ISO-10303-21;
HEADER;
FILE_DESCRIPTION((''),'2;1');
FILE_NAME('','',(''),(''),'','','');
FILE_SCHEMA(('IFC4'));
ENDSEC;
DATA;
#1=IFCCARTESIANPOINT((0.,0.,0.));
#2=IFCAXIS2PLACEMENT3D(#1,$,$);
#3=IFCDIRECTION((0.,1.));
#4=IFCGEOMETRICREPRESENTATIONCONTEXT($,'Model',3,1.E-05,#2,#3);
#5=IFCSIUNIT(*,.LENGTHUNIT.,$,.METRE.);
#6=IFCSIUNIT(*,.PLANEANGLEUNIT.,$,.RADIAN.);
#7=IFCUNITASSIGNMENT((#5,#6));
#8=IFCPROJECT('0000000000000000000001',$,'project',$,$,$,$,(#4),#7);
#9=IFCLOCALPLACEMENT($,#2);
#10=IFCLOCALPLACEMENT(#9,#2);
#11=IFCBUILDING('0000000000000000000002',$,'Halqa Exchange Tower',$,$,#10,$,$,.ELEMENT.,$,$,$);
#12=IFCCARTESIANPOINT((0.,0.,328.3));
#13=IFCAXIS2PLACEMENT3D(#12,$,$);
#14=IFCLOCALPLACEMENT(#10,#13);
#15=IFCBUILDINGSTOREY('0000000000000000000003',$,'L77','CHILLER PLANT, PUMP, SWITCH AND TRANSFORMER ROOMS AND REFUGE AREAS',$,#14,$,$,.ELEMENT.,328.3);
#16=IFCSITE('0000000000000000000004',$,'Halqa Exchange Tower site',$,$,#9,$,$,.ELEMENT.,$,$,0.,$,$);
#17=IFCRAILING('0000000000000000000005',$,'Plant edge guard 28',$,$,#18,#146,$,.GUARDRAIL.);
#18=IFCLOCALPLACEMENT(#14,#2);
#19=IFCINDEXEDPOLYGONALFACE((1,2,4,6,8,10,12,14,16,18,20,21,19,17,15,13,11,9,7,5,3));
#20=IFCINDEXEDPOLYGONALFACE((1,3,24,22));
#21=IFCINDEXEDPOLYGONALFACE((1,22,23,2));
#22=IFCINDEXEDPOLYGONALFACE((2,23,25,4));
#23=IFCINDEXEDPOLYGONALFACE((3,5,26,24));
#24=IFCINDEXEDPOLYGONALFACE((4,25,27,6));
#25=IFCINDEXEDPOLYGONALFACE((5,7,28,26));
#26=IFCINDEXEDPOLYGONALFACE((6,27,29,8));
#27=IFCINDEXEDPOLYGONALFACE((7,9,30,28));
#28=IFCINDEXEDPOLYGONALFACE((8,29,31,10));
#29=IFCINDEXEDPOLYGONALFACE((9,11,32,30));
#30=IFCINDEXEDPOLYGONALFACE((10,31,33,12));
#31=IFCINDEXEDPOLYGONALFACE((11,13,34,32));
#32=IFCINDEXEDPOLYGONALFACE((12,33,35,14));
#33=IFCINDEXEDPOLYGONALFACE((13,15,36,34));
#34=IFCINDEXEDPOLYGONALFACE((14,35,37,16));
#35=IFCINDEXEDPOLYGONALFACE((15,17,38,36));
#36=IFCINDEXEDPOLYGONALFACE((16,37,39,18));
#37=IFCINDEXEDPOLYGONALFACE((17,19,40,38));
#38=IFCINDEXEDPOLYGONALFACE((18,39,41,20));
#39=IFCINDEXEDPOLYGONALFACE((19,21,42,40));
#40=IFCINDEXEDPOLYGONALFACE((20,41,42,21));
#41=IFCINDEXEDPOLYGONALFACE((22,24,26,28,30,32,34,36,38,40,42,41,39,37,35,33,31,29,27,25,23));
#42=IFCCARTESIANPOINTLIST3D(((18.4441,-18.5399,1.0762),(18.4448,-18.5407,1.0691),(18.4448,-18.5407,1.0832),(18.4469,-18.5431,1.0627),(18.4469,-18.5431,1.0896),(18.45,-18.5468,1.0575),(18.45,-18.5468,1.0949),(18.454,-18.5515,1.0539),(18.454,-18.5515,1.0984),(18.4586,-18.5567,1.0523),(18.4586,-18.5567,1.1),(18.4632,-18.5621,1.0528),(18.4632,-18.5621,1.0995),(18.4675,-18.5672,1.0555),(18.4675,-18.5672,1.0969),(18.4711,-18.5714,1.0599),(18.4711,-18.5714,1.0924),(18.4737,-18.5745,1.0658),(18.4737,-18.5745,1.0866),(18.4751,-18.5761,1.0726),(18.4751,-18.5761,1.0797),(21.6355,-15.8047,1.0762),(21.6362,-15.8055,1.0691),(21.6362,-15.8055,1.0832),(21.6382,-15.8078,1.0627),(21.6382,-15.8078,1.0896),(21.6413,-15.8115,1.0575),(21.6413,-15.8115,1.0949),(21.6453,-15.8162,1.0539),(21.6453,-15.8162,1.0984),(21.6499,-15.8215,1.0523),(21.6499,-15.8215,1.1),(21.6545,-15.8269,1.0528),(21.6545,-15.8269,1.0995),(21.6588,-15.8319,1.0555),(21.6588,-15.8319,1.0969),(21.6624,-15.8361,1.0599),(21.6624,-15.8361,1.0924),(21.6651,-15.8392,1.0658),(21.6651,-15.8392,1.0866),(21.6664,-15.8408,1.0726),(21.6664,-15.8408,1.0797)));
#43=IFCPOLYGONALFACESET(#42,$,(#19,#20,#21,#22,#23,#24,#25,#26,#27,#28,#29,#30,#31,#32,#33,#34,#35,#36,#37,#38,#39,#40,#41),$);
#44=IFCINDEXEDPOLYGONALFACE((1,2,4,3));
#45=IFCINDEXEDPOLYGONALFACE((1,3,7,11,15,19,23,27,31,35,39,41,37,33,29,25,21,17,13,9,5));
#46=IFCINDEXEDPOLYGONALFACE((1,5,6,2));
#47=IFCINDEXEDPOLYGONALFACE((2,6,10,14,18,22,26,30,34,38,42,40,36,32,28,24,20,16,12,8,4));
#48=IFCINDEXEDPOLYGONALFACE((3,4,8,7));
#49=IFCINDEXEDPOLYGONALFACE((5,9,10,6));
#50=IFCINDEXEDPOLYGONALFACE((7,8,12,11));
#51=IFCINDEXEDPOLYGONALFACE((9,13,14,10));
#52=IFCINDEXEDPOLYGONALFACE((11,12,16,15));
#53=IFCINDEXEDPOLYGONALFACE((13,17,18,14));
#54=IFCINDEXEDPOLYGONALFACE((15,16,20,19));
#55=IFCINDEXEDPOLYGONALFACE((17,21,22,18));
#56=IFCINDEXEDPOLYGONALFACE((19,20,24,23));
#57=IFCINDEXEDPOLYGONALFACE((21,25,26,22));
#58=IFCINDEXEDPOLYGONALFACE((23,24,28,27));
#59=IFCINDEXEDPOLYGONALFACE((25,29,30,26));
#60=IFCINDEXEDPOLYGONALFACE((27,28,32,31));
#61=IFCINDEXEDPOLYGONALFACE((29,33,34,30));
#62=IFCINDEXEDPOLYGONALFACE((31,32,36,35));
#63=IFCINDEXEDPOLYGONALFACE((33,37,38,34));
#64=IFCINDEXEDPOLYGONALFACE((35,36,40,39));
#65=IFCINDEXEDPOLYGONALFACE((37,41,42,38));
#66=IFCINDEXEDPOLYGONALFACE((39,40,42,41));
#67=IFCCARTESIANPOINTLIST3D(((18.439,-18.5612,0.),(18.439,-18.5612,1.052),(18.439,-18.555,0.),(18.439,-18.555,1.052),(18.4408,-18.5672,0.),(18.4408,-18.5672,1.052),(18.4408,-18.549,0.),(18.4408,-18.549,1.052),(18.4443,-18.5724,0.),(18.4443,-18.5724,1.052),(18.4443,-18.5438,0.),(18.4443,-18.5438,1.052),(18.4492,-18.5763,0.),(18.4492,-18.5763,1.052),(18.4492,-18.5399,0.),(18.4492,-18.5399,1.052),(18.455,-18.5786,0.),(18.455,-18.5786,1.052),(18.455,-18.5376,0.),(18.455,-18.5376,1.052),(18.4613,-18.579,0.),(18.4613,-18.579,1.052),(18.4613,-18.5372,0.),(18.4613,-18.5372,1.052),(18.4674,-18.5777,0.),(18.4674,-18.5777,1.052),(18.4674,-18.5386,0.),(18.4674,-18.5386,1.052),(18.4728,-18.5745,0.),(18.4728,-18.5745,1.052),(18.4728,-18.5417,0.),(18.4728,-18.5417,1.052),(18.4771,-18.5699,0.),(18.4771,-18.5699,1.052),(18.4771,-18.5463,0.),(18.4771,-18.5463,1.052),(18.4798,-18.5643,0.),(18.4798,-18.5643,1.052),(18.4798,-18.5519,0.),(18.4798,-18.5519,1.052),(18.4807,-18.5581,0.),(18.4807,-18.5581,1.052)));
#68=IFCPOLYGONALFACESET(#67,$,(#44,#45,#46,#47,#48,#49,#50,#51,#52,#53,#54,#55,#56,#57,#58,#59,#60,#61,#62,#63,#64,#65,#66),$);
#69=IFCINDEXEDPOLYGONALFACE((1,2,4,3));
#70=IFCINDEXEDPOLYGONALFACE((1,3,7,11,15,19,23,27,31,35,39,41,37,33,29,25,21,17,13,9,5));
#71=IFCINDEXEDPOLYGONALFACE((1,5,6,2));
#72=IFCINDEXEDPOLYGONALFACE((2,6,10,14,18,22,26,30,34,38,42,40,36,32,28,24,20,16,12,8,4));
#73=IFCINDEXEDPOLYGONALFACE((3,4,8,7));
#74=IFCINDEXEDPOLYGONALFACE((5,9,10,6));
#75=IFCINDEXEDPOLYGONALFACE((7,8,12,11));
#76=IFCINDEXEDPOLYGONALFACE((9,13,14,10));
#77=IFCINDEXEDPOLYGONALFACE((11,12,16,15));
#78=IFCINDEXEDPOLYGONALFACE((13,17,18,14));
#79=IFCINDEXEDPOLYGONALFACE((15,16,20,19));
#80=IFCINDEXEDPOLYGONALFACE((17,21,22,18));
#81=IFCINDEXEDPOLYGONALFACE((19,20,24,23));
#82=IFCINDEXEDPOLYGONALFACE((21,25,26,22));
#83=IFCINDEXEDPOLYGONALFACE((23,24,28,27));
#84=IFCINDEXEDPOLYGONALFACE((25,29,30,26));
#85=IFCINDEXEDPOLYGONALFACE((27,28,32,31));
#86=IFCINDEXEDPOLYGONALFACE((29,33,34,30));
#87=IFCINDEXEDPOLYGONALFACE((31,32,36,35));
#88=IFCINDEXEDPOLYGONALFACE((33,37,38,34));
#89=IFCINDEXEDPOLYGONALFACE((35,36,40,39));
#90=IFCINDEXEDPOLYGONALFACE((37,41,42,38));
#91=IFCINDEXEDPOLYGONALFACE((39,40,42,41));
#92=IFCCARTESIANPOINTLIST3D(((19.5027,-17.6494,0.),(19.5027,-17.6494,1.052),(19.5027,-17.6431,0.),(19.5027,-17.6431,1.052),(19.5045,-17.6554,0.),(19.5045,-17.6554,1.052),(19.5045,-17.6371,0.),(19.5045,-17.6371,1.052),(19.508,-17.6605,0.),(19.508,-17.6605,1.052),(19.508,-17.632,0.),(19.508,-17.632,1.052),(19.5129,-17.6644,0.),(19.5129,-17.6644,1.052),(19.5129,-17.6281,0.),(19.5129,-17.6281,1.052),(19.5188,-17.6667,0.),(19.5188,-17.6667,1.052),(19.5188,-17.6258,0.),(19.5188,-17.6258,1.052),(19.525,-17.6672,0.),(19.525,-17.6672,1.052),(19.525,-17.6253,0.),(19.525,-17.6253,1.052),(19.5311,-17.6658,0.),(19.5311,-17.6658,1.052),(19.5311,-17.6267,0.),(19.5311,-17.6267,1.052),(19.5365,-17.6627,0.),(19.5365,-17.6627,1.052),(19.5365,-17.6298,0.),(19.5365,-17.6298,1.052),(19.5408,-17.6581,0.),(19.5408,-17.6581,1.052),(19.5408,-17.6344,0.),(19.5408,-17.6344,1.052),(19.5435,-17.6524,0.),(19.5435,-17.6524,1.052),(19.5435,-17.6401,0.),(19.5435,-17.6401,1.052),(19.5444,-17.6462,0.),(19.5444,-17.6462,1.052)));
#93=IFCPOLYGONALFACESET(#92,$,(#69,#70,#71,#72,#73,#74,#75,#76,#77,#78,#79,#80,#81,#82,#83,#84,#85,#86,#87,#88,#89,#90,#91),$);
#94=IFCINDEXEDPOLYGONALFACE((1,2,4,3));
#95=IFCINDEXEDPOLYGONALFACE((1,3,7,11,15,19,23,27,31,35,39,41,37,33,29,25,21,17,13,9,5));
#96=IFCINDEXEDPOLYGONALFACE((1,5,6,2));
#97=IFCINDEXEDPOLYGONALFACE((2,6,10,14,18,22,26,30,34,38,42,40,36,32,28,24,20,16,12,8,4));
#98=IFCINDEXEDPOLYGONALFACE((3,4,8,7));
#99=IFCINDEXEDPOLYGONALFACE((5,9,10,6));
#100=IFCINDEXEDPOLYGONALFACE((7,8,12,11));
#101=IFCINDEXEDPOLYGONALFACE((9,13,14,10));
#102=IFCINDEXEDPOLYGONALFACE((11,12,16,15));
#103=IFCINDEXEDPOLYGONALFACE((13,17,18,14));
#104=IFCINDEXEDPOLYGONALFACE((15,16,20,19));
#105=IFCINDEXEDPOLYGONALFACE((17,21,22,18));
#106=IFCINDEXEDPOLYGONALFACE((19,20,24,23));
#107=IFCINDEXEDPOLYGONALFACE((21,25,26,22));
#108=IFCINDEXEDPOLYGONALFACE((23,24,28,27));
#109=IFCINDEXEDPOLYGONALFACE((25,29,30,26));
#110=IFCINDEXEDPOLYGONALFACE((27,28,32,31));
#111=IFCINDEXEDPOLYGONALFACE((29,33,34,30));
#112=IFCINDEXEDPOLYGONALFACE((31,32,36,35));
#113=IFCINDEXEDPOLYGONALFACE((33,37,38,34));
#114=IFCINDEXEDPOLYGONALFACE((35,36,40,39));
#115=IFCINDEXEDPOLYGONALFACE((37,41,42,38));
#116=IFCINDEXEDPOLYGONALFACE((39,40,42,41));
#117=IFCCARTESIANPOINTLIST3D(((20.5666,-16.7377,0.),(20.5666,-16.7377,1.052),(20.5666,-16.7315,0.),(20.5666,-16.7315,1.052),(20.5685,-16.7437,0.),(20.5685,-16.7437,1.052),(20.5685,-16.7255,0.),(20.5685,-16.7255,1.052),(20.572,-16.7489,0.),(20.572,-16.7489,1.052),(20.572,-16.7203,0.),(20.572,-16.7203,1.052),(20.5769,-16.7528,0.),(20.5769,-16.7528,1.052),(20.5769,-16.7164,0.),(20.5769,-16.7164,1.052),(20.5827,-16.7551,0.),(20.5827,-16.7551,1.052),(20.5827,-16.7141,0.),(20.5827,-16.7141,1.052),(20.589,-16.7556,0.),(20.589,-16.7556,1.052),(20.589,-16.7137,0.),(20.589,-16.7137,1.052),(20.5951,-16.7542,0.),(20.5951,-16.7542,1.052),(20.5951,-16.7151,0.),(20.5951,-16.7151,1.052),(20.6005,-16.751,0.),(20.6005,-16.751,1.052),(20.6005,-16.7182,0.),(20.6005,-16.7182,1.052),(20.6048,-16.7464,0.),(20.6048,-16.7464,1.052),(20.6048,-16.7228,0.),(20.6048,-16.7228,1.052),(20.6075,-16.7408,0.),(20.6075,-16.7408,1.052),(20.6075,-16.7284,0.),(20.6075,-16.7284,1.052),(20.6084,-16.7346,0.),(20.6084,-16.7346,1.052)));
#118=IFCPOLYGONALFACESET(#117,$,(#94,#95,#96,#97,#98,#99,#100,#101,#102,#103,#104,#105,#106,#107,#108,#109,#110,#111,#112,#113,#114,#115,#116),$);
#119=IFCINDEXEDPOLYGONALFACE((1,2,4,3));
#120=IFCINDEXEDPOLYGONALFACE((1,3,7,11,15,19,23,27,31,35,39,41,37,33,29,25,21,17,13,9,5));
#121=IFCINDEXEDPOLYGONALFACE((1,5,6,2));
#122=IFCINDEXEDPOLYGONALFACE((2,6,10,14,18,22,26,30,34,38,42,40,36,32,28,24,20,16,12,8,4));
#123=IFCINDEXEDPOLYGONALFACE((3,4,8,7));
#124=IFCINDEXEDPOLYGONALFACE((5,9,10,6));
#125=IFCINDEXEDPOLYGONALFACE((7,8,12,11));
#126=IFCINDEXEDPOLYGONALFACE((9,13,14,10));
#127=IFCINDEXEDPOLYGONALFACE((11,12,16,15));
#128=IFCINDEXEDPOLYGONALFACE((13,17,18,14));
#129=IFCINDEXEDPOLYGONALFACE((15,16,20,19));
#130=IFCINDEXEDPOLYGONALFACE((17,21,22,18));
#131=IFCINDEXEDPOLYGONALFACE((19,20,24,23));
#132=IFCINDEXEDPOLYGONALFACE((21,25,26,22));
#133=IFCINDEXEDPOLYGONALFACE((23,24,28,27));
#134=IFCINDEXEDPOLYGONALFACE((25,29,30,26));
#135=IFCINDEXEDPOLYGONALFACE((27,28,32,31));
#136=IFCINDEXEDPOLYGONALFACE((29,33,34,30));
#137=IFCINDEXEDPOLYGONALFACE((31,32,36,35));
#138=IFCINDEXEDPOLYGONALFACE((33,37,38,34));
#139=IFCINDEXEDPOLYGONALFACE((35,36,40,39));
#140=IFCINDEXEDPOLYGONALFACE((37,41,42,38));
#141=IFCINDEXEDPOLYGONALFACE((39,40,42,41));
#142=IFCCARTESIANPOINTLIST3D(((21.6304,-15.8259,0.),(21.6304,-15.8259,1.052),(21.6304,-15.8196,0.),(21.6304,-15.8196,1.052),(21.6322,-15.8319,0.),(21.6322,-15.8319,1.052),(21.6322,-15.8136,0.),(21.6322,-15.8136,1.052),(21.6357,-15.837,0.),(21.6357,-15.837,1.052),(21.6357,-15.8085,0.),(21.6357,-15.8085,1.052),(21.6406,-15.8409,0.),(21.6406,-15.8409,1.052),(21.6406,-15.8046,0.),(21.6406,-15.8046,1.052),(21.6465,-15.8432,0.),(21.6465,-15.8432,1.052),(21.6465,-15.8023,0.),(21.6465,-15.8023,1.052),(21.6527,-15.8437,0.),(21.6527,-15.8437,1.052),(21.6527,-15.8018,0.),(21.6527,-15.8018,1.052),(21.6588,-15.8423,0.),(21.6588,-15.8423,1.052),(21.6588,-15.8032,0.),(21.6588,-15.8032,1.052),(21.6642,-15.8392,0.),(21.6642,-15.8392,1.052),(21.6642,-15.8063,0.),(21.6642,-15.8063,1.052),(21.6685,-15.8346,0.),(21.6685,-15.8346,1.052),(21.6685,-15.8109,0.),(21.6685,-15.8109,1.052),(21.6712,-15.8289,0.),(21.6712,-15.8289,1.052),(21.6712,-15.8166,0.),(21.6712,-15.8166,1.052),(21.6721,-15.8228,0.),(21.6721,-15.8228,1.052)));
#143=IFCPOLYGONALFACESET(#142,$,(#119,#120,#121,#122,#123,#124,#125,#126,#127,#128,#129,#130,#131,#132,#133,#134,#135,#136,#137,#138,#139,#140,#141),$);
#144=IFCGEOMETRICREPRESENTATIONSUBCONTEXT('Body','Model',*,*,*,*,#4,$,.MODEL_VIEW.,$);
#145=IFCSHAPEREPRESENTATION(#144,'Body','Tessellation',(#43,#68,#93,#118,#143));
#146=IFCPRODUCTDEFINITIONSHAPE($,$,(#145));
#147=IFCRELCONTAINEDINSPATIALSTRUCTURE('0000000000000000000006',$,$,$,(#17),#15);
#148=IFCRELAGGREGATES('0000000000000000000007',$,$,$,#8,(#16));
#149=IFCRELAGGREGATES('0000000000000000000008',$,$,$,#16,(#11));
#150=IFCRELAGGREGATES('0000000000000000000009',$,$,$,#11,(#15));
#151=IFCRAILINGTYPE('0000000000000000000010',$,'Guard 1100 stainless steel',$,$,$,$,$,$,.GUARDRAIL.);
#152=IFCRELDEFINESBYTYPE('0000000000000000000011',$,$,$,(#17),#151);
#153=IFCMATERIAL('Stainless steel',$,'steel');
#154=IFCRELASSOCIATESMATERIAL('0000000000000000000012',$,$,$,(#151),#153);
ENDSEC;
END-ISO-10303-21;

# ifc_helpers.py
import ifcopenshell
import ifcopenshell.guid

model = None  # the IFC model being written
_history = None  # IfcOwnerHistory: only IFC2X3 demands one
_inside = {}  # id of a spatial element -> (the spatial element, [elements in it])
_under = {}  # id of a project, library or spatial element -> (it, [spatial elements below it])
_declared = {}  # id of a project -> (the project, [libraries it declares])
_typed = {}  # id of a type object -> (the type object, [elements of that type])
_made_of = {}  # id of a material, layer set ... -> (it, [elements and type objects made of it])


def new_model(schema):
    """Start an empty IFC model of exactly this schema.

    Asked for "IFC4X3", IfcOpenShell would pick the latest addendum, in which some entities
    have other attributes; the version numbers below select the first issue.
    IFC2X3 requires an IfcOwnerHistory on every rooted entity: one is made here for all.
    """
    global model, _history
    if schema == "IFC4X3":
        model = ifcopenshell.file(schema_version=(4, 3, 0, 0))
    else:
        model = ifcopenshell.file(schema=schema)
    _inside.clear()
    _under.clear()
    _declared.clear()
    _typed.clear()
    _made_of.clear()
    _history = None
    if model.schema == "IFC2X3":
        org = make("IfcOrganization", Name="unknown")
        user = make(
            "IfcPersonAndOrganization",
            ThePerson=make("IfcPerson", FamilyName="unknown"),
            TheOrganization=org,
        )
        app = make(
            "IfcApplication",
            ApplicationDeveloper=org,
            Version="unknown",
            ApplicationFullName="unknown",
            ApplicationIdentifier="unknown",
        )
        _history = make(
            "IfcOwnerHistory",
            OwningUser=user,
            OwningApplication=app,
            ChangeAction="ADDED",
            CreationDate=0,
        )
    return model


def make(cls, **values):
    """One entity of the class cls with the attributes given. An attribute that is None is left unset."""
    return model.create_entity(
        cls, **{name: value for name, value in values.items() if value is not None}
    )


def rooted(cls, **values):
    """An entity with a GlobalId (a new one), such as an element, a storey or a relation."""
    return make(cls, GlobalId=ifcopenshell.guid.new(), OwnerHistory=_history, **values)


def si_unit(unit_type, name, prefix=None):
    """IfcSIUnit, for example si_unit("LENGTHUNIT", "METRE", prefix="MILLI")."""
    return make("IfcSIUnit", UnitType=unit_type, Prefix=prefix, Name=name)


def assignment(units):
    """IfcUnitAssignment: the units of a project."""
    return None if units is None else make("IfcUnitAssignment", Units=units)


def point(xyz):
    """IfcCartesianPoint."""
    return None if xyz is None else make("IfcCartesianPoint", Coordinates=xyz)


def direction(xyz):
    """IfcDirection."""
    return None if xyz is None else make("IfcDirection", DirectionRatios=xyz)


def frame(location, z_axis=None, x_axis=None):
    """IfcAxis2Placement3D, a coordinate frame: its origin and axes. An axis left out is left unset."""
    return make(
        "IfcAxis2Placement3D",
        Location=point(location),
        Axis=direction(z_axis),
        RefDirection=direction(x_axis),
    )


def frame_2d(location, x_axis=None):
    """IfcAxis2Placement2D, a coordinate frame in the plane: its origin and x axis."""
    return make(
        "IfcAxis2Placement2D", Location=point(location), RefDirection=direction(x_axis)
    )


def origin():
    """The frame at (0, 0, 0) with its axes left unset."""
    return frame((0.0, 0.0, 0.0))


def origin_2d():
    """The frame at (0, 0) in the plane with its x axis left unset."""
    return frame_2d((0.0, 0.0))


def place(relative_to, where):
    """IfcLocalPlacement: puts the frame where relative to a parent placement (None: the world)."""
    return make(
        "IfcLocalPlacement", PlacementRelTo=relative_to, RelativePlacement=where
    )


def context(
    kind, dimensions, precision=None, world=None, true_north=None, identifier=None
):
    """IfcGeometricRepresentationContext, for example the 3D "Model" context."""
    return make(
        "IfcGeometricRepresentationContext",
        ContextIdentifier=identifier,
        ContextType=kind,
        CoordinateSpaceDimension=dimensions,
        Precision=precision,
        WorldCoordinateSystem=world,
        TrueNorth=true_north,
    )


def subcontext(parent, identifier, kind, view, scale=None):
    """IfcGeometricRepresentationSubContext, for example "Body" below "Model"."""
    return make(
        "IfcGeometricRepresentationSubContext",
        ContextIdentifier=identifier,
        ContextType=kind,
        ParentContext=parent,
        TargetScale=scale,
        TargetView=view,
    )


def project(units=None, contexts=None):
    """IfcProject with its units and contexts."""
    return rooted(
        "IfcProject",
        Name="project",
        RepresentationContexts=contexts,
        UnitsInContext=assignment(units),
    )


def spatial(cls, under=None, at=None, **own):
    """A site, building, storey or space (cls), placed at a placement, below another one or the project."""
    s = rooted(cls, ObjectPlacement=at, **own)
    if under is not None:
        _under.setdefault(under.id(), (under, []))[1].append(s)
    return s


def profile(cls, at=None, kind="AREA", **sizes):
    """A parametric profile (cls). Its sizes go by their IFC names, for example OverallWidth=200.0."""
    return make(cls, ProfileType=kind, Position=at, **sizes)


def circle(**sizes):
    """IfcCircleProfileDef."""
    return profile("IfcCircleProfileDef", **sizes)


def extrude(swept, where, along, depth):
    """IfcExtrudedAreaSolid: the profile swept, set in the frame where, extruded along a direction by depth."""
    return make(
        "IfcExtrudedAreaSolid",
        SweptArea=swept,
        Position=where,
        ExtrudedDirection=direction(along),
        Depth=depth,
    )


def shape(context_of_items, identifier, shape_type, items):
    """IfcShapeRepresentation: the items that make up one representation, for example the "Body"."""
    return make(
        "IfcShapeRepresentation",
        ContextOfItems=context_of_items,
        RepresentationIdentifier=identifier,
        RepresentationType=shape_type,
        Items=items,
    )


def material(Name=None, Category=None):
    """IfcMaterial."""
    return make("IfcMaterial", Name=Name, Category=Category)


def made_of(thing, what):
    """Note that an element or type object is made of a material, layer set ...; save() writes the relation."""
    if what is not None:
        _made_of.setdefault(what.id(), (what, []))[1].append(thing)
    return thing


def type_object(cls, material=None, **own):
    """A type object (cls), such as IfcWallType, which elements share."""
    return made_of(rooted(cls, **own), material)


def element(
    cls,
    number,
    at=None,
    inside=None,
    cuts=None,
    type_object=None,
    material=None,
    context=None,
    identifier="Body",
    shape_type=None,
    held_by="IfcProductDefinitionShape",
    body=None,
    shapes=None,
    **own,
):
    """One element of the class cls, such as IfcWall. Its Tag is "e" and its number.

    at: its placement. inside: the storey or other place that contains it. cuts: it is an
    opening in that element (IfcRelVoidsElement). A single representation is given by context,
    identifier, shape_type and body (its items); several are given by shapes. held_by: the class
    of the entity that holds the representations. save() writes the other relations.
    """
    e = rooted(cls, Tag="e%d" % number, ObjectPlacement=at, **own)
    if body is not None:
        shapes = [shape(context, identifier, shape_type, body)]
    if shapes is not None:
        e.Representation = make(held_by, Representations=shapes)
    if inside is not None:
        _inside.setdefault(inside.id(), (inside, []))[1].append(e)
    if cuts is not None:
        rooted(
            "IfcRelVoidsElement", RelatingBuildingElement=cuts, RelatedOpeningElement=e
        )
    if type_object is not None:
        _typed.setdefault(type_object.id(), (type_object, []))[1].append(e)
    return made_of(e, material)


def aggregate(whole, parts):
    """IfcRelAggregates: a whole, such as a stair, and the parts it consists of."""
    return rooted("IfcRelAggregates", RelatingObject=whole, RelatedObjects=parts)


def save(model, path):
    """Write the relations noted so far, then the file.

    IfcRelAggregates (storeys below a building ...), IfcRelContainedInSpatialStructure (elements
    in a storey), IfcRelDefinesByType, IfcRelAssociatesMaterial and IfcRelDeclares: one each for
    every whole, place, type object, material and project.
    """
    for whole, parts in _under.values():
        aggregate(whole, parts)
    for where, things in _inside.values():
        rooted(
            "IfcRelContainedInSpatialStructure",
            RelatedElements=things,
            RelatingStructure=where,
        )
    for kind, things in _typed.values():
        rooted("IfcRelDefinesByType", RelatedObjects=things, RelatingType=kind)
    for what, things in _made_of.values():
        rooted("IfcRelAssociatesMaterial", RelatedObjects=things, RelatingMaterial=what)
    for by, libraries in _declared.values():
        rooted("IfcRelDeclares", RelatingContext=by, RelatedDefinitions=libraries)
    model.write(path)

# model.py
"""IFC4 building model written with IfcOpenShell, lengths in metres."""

from ifc_helpers import new_model, si_unit, direction, frame, origin, origin_2d, place, context, subcontext, project, spatial, circle, extrude, material, type_object, element, save


model = new_model("IFC4")

# Units and contexts
model_context = context("Model", 3, precision=1e-05, world=origin(), true_north=direction((0.0, 1.0)))
body_context = subcontext(model_context, "Body", "Model", "MODEL_VIEW")
ifc_project = project(units=[si_unit("LENGTHUNIT", "METRE"), si_unit("PLANEANGLEUNIT", "RADIAN")], contexts=[model_context])

# Site, building, storey
site_placement = place(None, origin())
site = spatial("IfcSite", under=ifc_project, at=site_placement, Name="Halqa Exchange Tower site", CompositionType="ELEMENT", RefElevation=0.0)
building_placement = place(site_placement, origin())
building = spatial("IfcBuilding", under=site, at=building_placement, Name="Halqa Exchange Tower", CompositionType="ELEMENT")
storey_placement = place(building_placement, frame((0.0, 0.0, 328.3)))
storey = spatial("IfcBuildingStorey", under=building, at=storey_placement, Name="L77", Description="CHILLER PLANT, PUMP, SWITCH AND TRANSFORMER ROOMS AND REFUGE AREAS", CompositionType="ELEMENT", Elevation=328.3)

# Railing
ifc_material_1 = material(Name="Stainless steel", Category="steel")
railing_type = type_object("IfcRailingType", Name="Guard 1100 stainless steel", PredefinedType="GUARDRAIL", material=ifc_material_1)
railing_1_placement = place(storey_placement, frame((18.4597, -18.5581, 0.0)))
element("IfcRailing", 1, at=railing_1_placement, inside=storey, type_object=railing_type, Name="Plant edge guard 28", PredefinedType="GUARDRAIL", context=body_context, shape_type="SweptSolid", body=[
    extrude(circle(Radius=0.0239, at=origin_2d()), frame((0.0, 0.0, 1.0762), z_axis=(0.759273, 0.650772, 0.0), x_axis=(-0.650772, 0.759273, 0.0)), (0.0, 0.0, 1.0), 4.2031),
    extrude(circle(Radius=0.021, at=origin_2d()), origin(), (0.0, 0.0, 1.0), 1.052),
    extrude(circle(Radius=0.021, at=origin_2d()), frame((1.0637, 0.9119, 0.0)), (0.0, 0.0, 1.0), 1.052),
    extrude(circle(Radius=0.021, at=origin_2d()), frame((2.1277, 1.8235, 0.0)), (0.0, 0.0, 1.0), 1.052),
    extrude(circle(Radius=0.021, at=origin_2d()), frame((3.1914, 2.7354, 0.0)), (0.0, 0.0, 1.0), 1.052),
])

save(model, "model.ifc")
